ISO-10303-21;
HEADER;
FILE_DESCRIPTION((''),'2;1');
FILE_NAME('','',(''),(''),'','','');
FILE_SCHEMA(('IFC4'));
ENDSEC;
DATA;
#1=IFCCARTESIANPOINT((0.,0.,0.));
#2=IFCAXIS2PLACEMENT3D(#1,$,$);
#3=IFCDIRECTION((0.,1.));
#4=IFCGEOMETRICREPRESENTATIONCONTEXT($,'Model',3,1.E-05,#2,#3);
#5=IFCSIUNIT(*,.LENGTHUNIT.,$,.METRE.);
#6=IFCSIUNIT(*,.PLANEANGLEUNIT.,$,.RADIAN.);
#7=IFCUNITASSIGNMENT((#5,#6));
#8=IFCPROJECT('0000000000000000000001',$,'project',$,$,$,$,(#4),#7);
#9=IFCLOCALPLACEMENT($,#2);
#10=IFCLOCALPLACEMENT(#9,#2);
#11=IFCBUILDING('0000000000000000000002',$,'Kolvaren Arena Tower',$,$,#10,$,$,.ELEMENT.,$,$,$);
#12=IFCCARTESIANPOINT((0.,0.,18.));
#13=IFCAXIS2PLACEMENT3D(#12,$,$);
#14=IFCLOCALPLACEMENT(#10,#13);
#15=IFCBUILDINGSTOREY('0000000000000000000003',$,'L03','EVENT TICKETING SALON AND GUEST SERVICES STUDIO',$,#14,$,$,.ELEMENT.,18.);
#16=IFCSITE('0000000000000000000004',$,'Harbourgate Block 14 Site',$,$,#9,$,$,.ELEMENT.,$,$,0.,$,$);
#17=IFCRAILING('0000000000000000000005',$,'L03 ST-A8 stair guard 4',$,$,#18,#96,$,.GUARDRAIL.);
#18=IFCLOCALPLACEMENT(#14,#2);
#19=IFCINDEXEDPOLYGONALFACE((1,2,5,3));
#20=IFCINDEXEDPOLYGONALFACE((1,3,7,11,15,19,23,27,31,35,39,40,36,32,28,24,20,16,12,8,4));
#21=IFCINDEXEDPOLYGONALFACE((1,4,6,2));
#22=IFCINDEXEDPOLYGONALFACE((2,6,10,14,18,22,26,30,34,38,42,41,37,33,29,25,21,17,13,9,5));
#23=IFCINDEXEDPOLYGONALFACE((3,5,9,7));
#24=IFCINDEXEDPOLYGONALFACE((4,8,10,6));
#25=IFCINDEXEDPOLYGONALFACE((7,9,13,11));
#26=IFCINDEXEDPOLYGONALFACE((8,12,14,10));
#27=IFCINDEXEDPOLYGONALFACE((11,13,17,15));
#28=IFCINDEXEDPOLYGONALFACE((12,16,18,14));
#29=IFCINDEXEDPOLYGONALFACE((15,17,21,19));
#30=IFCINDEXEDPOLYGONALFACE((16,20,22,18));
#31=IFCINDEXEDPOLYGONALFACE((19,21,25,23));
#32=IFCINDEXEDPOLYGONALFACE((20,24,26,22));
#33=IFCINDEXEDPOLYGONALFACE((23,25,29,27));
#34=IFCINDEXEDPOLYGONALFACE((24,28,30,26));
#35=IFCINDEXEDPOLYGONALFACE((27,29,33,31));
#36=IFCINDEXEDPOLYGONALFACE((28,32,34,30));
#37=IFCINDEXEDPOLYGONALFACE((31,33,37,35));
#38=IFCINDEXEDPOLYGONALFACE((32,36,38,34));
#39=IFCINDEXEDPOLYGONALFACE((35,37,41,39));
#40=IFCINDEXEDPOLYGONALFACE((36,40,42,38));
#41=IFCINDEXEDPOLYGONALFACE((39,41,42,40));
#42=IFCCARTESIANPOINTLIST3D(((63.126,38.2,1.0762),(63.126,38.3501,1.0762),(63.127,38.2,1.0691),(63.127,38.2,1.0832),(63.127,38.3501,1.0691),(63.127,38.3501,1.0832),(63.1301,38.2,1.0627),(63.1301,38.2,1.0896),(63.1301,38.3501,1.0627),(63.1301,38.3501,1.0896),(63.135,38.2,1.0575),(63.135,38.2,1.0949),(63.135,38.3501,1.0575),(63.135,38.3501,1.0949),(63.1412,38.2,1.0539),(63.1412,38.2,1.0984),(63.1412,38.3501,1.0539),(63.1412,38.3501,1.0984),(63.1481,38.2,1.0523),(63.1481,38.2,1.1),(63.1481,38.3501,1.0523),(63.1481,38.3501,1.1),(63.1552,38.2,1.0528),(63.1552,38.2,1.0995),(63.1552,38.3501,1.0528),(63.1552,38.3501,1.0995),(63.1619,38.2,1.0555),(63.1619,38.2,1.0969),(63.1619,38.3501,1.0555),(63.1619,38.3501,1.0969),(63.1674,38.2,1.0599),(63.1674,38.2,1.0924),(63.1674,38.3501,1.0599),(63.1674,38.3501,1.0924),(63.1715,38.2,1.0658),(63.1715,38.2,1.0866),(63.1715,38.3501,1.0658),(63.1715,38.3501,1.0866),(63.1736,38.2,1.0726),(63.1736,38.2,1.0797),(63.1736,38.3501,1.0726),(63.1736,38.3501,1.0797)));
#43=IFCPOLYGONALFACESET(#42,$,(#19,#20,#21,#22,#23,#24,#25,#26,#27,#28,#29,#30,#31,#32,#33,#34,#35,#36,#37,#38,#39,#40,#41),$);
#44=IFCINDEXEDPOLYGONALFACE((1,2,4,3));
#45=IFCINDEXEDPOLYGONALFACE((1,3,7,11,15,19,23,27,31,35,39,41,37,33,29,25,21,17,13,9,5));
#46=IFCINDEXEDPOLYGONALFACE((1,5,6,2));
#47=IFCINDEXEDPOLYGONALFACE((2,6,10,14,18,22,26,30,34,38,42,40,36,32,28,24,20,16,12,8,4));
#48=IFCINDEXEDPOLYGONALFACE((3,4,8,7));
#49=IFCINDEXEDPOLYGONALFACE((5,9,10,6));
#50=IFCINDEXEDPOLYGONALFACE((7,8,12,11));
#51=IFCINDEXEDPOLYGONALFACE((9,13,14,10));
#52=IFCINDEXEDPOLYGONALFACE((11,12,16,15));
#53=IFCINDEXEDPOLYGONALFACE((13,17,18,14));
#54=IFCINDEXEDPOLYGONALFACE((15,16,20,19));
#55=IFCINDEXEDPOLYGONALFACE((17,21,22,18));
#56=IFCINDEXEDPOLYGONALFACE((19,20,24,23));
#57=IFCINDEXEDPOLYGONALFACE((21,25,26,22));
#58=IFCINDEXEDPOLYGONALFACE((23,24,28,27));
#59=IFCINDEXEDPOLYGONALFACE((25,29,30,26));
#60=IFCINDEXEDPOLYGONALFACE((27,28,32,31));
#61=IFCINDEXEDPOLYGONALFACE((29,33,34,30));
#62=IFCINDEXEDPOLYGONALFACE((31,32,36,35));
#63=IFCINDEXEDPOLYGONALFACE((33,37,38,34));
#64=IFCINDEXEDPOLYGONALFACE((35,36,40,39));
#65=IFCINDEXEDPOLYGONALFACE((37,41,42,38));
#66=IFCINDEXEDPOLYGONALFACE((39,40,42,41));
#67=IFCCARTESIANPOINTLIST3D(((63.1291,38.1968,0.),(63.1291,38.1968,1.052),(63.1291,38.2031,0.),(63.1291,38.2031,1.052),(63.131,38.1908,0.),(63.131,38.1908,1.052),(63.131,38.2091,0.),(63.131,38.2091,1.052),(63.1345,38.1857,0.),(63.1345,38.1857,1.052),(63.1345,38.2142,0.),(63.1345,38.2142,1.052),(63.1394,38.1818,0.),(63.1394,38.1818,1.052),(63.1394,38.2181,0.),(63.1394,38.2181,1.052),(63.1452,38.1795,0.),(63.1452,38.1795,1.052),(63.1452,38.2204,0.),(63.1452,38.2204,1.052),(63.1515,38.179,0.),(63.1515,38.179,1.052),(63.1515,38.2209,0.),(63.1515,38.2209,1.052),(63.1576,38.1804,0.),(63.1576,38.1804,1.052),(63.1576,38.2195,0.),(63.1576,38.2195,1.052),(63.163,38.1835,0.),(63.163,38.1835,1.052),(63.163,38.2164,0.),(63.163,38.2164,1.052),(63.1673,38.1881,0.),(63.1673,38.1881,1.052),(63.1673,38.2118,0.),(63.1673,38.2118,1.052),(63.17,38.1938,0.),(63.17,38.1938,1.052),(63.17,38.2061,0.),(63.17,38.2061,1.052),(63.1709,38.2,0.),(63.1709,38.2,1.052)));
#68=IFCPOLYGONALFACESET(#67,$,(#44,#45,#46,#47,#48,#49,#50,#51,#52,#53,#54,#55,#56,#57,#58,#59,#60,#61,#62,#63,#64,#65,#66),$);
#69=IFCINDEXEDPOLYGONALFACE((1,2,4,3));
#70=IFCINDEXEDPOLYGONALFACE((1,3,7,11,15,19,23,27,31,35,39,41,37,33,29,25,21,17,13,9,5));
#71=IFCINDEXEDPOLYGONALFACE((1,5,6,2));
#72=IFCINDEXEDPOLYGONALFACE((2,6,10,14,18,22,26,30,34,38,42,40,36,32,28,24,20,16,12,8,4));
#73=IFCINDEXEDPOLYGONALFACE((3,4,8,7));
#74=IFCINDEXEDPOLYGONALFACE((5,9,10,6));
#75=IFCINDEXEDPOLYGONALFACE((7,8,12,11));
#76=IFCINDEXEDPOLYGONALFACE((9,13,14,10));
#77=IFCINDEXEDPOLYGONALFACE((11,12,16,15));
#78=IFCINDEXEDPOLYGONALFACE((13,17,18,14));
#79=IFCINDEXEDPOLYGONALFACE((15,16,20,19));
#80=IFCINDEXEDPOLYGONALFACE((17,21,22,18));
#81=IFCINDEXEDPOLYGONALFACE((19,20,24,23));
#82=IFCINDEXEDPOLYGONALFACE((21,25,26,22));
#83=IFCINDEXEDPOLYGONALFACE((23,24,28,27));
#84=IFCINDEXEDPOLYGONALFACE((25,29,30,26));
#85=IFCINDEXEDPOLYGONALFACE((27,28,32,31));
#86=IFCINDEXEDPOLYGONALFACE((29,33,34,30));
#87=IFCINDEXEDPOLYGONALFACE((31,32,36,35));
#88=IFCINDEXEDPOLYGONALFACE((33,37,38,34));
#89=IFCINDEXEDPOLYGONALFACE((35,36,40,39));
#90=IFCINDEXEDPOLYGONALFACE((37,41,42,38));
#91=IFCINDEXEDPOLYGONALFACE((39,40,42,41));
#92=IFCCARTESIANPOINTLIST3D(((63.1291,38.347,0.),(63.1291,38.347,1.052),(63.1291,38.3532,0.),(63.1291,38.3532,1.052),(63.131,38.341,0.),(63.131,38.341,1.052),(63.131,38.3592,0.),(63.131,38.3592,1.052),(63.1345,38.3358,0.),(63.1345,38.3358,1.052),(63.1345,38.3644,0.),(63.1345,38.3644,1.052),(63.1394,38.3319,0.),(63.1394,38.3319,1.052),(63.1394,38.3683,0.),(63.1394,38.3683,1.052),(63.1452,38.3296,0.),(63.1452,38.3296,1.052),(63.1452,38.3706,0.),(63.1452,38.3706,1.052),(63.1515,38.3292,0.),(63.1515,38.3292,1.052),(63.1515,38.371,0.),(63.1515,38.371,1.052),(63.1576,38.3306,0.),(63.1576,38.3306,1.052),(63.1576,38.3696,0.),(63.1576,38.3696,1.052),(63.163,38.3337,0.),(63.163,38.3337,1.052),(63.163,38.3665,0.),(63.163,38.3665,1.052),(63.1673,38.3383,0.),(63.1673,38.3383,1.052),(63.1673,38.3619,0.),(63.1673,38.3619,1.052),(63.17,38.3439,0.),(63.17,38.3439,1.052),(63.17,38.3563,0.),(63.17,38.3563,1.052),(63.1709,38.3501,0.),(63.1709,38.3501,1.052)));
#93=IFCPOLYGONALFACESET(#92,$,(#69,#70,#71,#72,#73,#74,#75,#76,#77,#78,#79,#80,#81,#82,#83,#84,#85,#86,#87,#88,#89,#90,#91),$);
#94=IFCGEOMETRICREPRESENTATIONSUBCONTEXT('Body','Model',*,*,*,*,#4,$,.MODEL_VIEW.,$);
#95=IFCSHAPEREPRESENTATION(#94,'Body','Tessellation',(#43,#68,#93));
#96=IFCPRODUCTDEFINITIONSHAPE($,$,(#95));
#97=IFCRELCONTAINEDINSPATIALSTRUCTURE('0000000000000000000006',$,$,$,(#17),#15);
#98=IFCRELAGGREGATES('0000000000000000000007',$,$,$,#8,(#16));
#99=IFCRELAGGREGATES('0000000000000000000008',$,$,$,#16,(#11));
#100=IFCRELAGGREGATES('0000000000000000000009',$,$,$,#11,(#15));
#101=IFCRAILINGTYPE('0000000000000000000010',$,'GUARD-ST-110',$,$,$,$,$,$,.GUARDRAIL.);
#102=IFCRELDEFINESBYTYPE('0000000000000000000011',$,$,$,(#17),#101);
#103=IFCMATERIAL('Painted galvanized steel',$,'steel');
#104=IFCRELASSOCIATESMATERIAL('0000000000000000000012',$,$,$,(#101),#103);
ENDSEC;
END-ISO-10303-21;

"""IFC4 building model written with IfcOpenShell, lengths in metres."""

from ifc_helpers import new_model, si_unit, direction, frame, origin, origin_2d, place, context, subcontext, project, spatial, circle, extrude, material, type_object, element, save


model = new_model("IFC4")

# Units and contexts
model_context = context("Model", 3, precision=1e-05, world=origin(), true_north=direction((0.0, 1.0)))
body_context = subcontext(model_context, "Body", "Model", "MODEL_VIEW")
ifc_project = project(units=[si_unit("LENGTHUNIT", "METRE"), si_unit("PLANEANGLEUNIT", "RADIAN")], contexts=[model_context])

# Site, building, storey
site_placement = place(None, origin())
site = spatial("IfcSite", under=ifc_project, at=site_placement, Name="Harbourgate Block 14 Site", CompositionType="ELEMENT", RefElevation=0.0)
building_placement = place(site_placement, origin())
building = spatial("IfcBuilding", under=site, at=building_placement, Name="Kolvaren Arena Tower", CompositionType="ELEMENT")
storey_placement = place(building_placement, frame((0.0, 0.0, 18.0)))
storey = spatial("IfcBuildingStorey", under=building, at=storey_placement, Name="L03", Description="EVENT TICKETING SALON AND GUEST SERVICES STUDIO", CompositionType="ELEMENT", Elevation=18.0)

# Railing
ifc_material_1 = material(Name="Painted galvanized steel", Category="steel")
railing_type_1 = type_object("IfcRailingType", Name="GUARD-ST-110", PredefinedType="GUARDRAIL", material=ifc_material_1)
railing_1_placement = place(storey_placement, frame((63.1499, 38.2, 0.0)))
element("IfcRailing", 1, at=railing_1_placement, inside=storey, type_object=railing_type_1, Name="L03 ST-A8 stair guard 4", PredefinedType="GUARDRAIL", context=body_context, shape_type="SweptSolid", body=[
    extrude(circle(Radius=0.0239, at=origin_2d()), frame((0.0, 0.0, 1.0762), z_axis=(0.0, 1.0, 0.0), x_axis=(-1.0, 0.0, 0.0)), (0.0, 0.0, 1.0), 0.1501),
    extrude(circle(Radius=0.021, at=origin_2d()), origin(), (0.0, 0.0, 1.0), 1.052),
    extrude(circle(Radius=0.021, at=origin_2d()), frame((0.0, 0.1501, 0.0)), (0.0, 0.0, 1.0), 1.052),
])

save(model, "model.ifc")
